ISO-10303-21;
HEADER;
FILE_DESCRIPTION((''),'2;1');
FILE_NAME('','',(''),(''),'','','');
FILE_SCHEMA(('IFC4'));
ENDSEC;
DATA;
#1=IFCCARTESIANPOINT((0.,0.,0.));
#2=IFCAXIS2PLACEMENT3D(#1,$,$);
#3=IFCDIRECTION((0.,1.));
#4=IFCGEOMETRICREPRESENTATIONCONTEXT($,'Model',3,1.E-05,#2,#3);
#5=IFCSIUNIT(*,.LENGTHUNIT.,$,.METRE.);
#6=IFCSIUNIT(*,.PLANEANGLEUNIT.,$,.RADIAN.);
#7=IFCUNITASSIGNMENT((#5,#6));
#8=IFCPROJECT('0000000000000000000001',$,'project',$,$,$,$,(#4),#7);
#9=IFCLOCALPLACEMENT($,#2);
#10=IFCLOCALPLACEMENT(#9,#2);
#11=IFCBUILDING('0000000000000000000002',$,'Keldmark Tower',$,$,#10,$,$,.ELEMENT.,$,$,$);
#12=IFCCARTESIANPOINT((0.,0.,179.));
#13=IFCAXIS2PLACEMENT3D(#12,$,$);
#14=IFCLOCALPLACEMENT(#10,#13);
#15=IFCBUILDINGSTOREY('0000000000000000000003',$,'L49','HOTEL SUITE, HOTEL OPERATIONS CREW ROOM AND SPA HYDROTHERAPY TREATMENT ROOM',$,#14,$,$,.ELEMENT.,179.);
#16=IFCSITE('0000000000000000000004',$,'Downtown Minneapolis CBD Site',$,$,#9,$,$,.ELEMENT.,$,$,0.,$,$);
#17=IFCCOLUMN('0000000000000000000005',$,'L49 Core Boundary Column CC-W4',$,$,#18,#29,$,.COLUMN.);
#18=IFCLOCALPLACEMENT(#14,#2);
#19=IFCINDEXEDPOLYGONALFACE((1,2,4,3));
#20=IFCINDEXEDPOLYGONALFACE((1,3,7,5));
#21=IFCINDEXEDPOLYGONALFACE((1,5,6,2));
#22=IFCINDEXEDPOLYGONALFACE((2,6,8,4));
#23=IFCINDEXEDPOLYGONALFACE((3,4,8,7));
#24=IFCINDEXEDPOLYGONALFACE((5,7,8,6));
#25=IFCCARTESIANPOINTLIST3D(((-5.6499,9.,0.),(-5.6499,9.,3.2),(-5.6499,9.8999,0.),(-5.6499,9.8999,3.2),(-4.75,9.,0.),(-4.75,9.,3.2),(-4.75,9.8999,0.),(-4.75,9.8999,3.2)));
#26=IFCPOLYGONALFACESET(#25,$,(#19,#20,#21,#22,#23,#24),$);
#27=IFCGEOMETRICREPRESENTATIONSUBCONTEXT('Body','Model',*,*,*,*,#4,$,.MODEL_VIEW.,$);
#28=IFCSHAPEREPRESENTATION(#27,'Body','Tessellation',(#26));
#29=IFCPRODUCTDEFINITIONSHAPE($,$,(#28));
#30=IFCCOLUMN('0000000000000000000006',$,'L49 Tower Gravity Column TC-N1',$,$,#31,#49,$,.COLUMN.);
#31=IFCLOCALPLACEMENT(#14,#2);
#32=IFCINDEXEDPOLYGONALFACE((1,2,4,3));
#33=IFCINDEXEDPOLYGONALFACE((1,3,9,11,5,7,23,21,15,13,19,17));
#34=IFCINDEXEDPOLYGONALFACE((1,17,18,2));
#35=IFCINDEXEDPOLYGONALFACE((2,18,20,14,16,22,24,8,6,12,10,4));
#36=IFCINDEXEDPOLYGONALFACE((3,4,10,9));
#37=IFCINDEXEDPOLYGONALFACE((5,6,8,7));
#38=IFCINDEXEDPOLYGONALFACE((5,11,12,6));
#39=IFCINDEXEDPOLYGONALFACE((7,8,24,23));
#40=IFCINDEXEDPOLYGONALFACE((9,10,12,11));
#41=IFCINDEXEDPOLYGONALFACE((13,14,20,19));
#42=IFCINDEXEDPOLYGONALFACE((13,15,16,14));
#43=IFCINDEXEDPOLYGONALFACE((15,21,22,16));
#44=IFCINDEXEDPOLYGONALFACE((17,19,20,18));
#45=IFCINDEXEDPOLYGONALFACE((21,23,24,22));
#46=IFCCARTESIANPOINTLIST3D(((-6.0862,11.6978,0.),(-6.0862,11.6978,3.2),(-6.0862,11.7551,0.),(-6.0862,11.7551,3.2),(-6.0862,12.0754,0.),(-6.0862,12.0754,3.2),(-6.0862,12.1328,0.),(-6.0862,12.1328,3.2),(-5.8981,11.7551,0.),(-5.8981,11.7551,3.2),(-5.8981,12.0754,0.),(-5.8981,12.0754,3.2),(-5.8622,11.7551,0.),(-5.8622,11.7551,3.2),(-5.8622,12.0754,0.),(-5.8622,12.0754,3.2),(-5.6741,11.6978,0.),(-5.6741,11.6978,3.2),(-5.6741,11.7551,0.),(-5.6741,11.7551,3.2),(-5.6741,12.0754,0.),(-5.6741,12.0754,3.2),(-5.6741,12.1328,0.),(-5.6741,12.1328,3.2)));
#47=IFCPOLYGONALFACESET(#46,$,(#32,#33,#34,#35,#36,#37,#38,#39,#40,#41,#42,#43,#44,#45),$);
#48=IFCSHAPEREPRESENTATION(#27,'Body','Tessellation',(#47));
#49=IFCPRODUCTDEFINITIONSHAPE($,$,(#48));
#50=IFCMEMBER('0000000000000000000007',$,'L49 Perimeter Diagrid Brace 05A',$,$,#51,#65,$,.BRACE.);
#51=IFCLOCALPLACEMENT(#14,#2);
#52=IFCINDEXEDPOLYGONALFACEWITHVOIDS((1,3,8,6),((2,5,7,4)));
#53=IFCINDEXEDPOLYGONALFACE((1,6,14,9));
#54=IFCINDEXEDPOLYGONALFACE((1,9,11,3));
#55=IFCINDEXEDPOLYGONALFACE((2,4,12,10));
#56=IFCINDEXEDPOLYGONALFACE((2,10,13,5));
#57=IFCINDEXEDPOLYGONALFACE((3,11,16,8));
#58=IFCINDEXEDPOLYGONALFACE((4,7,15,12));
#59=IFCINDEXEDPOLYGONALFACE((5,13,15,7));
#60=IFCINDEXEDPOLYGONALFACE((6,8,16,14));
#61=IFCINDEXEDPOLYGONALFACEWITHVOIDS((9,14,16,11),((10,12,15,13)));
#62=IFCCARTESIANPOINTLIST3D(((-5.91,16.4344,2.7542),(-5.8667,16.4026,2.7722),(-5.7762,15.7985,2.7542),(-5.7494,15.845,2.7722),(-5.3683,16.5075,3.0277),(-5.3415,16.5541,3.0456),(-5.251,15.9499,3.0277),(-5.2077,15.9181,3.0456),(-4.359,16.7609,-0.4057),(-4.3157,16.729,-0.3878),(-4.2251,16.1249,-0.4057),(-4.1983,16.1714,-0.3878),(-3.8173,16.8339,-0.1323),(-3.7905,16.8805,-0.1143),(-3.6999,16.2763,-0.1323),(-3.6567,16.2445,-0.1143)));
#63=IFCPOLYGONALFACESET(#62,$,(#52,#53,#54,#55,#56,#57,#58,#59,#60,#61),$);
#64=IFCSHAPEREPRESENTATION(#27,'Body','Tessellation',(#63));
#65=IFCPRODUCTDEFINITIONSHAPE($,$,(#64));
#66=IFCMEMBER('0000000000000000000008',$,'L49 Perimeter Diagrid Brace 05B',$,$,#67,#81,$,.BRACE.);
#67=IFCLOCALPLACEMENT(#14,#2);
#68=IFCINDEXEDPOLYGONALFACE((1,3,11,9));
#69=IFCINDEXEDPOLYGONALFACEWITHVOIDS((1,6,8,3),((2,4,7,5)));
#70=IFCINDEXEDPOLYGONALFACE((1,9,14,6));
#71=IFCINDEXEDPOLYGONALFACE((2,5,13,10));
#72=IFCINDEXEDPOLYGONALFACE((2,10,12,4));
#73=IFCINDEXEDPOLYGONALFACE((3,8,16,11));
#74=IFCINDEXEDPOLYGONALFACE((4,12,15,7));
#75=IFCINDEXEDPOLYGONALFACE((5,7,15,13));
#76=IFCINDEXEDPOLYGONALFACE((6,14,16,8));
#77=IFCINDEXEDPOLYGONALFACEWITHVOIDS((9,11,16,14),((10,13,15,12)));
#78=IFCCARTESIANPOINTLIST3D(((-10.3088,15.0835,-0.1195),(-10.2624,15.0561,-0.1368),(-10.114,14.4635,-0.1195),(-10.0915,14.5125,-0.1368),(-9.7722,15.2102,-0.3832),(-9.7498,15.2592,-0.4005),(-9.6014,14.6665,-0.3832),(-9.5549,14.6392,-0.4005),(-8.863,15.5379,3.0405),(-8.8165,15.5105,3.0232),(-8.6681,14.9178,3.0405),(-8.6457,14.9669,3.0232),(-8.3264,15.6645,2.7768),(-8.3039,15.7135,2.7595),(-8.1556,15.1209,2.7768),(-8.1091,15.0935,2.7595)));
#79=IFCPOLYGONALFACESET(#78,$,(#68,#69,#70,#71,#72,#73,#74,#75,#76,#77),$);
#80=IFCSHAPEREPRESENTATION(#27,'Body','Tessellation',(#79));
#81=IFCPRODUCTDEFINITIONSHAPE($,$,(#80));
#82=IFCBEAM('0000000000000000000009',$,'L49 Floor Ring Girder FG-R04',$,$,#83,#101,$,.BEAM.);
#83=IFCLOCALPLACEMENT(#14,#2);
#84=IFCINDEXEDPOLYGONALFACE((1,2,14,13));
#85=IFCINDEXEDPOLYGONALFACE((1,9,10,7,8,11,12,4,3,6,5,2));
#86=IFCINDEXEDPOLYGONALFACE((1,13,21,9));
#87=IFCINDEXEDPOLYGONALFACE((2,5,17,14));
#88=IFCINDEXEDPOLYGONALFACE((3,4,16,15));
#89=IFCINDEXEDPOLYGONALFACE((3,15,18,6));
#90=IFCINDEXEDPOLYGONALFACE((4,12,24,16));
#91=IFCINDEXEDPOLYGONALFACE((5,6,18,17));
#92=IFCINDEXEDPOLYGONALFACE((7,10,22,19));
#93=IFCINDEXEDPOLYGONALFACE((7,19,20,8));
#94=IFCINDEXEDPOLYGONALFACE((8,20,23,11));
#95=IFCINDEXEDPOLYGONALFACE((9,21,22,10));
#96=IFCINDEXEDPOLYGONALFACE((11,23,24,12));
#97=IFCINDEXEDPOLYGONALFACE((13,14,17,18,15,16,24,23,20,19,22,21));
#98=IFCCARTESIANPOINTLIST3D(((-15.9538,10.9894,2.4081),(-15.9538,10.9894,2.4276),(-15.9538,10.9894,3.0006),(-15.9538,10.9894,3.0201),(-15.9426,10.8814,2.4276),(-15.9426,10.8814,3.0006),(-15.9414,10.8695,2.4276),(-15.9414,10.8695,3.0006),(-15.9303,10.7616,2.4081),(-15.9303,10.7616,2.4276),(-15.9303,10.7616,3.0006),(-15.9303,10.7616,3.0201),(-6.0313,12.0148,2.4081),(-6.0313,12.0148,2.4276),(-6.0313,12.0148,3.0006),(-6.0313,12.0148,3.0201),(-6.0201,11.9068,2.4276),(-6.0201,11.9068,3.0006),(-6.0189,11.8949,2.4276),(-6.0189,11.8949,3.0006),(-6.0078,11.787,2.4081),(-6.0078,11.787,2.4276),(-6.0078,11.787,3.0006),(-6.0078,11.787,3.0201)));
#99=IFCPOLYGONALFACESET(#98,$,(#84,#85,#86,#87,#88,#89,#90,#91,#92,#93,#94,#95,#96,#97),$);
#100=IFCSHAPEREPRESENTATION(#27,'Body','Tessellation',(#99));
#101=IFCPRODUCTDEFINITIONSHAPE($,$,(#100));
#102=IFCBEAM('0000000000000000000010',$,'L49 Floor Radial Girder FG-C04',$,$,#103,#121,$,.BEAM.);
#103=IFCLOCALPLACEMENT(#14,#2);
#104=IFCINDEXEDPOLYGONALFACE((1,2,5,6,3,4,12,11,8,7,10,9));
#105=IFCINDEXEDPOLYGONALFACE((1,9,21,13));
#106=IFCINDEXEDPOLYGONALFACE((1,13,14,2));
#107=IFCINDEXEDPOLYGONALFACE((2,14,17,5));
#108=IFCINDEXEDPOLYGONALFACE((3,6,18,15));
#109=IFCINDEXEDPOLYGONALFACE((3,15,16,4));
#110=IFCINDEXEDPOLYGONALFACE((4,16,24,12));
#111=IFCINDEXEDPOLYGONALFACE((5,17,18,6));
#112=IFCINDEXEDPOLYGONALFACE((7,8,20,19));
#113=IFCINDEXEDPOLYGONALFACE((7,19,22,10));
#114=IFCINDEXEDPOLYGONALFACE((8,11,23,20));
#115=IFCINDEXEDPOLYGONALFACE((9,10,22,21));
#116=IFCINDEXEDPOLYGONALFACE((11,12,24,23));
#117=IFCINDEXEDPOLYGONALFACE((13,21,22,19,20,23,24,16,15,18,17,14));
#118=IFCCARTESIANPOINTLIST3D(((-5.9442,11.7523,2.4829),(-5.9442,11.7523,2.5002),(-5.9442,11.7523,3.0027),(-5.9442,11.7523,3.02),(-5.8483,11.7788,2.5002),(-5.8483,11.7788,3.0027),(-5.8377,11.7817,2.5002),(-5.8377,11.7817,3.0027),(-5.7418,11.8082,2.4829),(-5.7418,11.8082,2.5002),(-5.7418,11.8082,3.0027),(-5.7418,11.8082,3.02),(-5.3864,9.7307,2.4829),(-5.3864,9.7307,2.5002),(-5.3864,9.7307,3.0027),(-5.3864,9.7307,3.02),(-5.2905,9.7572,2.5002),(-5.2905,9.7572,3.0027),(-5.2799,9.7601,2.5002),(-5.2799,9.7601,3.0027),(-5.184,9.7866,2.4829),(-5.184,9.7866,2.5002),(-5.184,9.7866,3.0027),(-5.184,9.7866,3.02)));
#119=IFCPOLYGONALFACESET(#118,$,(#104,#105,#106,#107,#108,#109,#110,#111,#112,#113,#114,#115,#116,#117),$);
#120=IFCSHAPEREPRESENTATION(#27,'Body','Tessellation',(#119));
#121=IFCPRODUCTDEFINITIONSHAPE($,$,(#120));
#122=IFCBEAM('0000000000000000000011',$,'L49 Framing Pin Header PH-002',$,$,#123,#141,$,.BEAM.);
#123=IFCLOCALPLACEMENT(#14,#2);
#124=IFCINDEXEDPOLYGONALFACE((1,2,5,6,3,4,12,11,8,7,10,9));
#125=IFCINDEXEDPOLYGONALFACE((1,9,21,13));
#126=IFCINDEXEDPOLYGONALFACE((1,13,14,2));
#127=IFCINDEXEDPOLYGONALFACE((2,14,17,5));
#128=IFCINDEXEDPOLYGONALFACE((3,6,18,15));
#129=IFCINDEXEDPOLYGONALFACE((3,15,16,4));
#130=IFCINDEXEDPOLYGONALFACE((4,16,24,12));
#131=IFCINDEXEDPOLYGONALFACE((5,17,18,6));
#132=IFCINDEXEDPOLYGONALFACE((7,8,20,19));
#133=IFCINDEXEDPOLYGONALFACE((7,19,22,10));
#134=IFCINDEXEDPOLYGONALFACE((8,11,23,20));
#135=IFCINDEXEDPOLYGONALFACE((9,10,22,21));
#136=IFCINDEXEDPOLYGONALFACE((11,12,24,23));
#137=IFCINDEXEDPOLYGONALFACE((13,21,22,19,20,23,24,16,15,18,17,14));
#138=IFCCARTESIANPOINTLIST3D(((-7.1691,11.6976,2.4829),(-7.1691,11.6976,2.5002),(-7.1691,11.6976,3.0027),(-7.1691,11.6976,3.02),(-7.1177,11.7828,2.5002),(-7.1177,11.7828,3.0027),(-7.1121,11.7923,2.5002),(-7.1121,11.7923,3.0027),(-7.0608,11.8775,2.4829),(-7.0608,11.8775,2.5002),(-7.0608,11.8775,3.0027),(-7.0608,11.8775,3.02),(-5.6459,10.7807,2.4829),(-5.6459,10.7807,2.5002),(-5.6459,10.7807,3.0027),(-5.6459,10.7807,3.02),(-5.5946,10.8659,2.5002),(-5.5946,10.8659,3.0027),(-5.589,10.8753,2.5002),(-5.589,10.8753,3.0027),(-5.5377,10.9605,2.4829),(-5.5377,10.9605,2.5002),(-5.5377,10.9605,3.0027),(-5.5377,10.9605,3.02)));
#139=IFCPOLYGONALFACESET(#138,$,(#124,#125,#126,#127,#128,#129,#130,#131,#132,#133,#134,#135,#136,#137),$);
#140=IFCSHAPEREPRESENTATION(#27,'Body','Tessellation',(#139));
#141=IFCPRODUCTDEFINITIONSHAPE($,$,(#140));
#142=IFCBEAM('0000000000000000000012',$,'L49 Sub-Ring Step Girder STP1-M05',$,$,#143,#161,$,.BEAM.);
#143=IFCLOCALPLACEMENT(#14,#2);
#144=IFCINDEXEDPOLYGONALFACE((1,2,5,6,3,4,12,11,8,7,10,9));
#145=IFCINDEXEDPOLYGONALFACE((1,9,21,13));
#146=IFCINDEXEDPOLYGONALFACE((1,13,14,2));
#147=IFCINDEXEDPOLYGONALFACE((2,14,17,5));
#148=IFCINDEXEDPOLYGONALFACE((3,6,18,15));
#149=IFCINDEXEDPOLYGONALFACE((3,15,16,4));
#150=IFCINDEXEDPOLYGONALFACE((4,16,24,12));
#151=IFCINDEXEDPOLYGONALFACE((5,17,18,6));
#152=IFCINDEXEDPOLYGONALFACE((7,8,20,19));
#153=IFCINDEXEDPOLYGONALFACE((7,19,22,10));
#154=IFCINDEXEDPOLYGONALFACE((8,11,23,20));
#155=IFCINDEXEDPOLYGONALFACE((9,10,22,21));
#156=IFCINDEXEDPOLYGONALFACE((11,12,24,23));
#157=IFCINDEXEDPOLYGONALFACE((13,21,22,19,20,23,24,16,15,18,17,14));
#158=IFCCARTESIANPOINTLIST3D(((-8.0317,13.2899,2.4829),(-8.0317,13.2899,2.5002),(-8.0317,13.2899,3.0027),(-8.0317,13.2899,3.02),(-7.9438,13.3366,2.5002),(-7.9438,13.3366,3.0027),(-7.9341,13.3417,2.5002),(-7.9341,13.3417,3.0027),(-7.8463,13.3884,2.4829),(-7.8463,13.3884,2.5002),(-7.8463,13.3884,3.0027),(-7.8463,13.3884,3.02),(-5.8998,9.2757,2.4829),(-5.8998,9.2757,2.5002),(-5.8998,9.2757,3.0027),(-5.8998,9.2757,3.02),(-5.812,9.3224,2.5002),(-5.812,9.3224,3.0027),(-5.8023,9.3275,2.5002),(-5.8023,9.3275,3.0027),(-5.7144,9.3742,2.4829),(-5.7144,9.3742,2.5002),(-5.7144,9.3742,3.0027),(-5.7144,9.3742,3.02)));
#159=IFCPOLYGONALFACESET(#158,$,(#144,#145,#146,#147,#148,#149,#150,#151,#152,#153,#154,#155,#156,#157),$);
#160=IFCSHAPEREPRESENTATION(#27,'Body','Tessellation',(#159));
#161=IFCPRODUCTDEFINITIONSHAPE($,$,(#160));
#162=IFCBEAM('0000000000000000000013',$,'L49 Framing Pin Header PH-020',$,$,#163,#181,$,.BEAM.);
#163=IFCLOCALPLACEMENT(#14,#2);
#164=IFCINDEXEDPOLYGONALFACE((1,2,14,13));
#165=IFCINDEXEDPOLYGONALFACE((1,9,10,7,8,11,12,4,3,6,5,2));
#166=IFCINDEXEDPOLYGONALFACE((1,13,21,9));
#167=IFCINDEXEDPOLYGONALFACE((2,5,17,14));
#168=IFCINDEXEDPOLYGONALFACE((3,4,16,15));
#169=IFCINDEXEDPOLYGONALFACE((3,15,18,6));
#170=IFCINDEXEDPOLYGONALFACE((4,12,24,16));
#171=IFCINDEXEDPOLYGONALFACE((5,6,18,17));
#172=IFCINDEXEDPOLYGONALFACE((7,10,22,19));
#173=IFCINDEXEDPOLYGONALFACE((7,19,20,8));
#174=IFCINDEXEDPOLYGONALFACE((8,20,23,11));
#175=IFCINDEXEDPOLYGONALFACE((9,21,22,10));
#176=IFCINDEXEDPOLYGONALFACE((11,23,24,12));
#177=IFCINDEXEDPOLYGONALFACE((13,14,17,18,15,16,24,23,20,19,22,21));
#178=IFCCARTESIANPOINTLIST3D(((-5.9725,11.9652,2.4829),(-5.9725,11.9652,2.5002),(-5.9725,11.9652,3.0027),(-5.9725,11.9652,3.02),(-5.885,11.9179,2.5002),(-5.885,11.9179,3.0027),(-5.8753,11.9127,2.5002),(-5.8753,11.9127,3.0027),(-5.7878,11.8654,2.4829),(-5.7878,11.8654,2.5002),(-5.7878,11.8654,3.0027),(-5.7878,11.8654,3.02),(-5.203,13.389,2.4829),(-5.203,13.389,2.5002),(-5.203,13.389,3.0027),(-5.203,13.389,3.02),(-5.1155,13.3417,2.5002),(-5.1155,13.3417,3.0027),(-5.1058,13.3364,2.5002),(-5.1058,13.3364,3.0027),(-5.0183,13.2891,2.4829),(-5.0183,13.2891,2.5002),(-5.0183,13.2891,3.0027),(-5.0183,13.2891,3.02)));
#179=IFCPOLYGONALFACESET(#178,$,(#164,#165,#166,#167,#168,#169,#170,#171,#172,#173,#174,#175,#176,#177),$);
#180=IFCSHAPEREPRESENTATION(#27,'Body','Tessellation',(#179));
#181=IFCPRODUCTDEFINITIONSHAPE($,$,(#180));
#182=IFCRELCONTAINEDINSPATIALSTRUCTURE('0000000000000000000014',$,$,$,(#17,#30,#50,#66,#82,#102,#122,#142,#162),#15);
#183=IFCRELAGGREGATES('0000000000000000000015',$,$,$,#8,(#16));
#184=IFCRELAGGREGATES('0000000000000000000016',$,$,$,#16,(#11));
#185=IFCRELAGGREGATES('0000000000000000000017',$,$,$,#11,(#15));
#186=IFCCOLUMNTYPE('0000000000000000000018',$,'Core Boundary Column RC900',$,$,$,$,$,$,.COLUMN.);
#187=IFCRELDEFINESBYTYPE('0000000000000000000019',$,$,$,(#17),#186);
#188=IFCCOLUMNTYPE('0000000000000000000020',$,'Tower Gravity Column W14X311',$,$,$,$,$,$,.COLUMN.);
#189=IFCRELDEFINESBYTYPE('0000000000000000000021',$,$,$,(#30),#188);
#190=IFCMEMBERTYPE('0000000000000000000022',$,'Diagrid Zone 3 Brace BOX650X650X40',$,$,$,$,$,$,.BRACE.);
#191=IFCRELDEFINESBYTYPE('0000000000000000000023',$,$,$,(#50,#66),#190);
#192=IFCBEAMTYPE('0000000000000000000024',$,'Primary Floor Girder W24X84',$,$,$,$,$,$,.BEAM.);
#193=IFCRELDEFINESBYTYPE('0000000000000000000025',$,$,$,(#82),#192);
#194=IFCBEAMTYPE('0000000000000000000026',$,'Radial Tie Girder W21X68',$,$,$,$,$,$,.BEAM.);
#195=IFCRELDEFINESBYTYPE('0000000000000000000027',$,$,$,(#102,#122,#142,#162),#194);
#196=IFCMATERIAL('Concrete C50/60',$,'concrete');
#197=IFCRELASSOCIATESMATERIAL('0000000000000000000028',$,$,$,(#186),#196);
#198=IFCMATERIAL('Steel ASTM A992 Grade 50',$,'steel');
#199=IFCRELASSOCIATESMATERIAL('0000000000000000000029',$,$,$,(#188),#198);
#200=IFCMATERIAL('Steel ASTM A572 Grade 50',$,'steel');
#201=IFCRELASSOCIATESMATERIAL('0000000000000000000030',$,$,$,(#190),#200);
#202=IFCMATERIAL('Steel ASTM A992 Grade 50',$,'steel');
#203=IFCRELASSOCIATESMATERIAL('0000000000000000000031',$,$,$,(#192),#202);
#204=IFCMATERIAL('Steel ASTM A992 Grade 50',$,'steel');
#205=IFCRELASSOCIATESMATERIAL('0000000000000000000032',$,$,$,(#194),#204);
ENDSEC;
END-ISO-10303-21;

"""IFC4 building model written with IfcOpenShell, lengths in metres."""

from ifc_helpers import new_model, si_unit, direction, frame, origin, origin_2d, place, context, subcontext, project, spatial, rectangle, hollow_rectangle, i_section, extrude, material, material_profile, profile_set, type_object, element, save


model = new_model("IFC4")

# Units and contexts
model_context = context("Model", 3, precision=1e-05, world=origin(), true_north=direction((0.0, 1.0)))
body_context = subcontext(model_context, "Body", "Model", "MODEL_VIEW")
ifc_project = project(units=[si_unit("LENGTHUNIT", "METRE"), si_unit("PLANEANGLEUNIT", "RADIAN")], contexts=[model_context])

# Site, building, storey
site_placement = place(None, origin())
site = spatial("IfcSite", under=ifc_project, at=site_placement, Name="Downtown Minneapolis CBD Site", CompositionType="ELEMENT", RefElevation=0.0)
building_placement = place(site_placement, origin())
building = spatial("IfcBuilding", under=site, at=building_placement, Name="Keldmark Tower", CompositionType="ELEMENT")
storey_placement = place(building_placement, frame((0.0, 0.0, 179.0)))
storey = spatial("IfcBuildingStorey", under=building, at=storey_placement, Name="L49", Description="HOTEL SUITE, HOTEL OPERATIONS CREW ROOM AND SPA HYDROTHERAPY TREATMENT ROOM", CompositionType="ELEMENT", Elevation=179.0)

# Columns
ifc_material_1 = material(Name="Concrete C50/60", Category="concrete")
ifc_material_profile_1 = material_profile(ifc_material_1, rectangle(XDim=0.8999, YDim=0.8999, at=origin_2d()), Name="RC900X900")
ifc_profile_set_1 = profile_set([ifc_material_profile_1], Name="Concrete C50/60")
column_type_1 = type_object("IfcColumnType", Name="Core Boundary Column RC900", PredefinedType="COLUMN", material=ifc_profile_set_1)
column_1_placement = place(storey_placement, frame((-5.2, 9.45, 0.0), z_axis=(0.0, 0.0, 1.0), x_axis=(1.0, 0.0, 0.0)))
element("IfcColumn", 1, at=column_1_placement, inside=storey, type_object=column_type_1, Name="L49 Core Boundary Column CC-W4", PredefinedType="COLUMN", context=body_context, shape_type="SweptSolid", body=[
    extrude(rectangle(XDim=0.8999, YDim=0.8999, at=origin_2d()), origin(), (0.0, 0.0, 1.0), 3.2),
])
ifc_material_2 = material(Name="Steel ASTM A992 Grade 50", Category="steel")
ifc_material_profile_2 = material_profile(ifc_material_2, i_section(OverallWidth=0.4121, OverallDepth=0.4351, WebThickness=0.0359, FlangeThickness=0.0574, at=origin_2d()), Name="W14X311")
ifc_profile_set_2 = profile_set([ifc_material_profile_2], Name="Steel ASTM A992 Grade 50")
column_type_2 = type_object("IfcColumnType", Name="Tower Gravity Column W14X311", PredefinedType="COLUMN", material=ifc_profile_set_2)
column_2_placement = place(storey_placement, frame((-5.8801, 11.9153, 0.0), z_axis=(0.0, 0.0, 1.0), x_axis=(1.0, 0.0, 0.0)))
element("IfcColumn", 2, at=column_2_placement, inside=storey, type_object=column_type_2, Name="L49 Tower Gravity Column TC-N1", PredefinedType="COLUMN", context=body_context, shape_type="SweptSolid", body=[
    extrude(i_section(OverallWidth=0.4121, OverallDepth=0.4351, WebThickness=0.0359, FlangeThickness=0.0574, at=origin_2d()), origin(), (0.0, 0.0, 1.0), 3.2),
])

# Members
ifc_material_3 = material(Name="Steel ASTM A572 Grade 50", Category="steel")
ifc_material_profile_3 = material_profile(ifc_material_3, hollow_rectangle(XDim=0.6499, YDim=0.6499, WallThickness=0.04, at=origin_2d()), Name="BOX650X650X40")
ifc_profile_set_3 = profile_set([ifc_material_profile_3], Name="Steel ASTM A572 Grade 50")
member_type = type_object("IfcMemberType", Name="Diagrid Zone 3 Brace BOX650X650X40", PredefinedType="BRACE", material=ifc_profile_set_3)
member_1_placement = place(storey_placement, frame((-4.0078, 16.5027, -0.26), z_axis=(-0.438744, -0.092334, 0.893856), x_axis=(0.205941, -0.978564, 0.0)))
element("IfcMember", 3, at=member_1_placement, inside=storey, type_object=member_type, Name="L49 Perimeter Diagrid Brace 05A", PredefinedType="BRACE", context=body_context, shape_type="SweptSolid", body=[
    extrude(hollow_rectangle(XDim=0.6499, YDim=0.6499, WallThickness=0.04, at=origin_2d()), origin(), (0.0, 0.0, 1.0), 3.5352),
])
member_2_placement = place(storey_placement, frame((-9.9319, 14.8613, -0.26), z_axis=(0.412551, 0.129645, 0.901662), x_axis=(-0.299797, 0.954003, 0.0)))
element("IfcMember", 4, at=member_2_placement, inside=storey, type_object=member_type, Name="L49 Perimeter Diagrid Brace 05B", PredefinedType="BRACE", context=body_context, shape_type="SweptSolid", body=[
    extrude(hollow_rectangle(XDim=0.6499, YDim=0.6499, WallThickness=0.04, at=origin_2d()), origin(), (0.0, 0.0, 1.0), 3.5046),
])

# Beams
ifc_material_4 = material(Name="Steel ASTM A992 Grade 50", Category="steel")
ifc_material_profile_4 = material_profile(ifc_material_4, i_section(OverallWidth=0.229, OverallDepth=0.6121, WebThickness=0.012, FlangeThickness=0.0195, at=origin_2d()), Name="W24X84")
ifc_profile_set_4 = profile_set([ifc_material_profile_4], Name="Steel ASTM A992 Grade 50")
beam_type_1 = type_object("IfcBeamType", Name="Primary Floor Girder W24X84", PredefinedType="BEAM", material=ifc_profile_set_4)
beam_1_placement = place(storey_placement, frame((-6.0195, 11.9009, 2.7141), z_axis=(-0.994703, -0.102791, 0.0), x_axis=(0.102791, -0.994703, 0.0)))
element("IfcBeam", 5, at=beam_1_placement, inside=storey, type_object=beam_type_1, Name="L49 Floor Ring Girder FG-R04", PredefinedType="BEAM", context=body_context, shape_type="SweptSolid", body=[
    extrude(i_section(OverallWidth=0.229, OverallDepth=0.6121, WebThickness=0.012, FlangeThickness=0.0195, at=origin_2d()), origin(), (0.0, 0.0, 1.0), 9.9753),
])
ifc_material_5 = material(Name="Steel ASTM A992 Grade 50", Category="steel")
ifc_material_profile_5 = material_profile(ifc_material_5, i_section(OverallWidth=0.21, OverallDepth=0.5371, WebThickness=0.011, FlangeThickness=0.0173, at=origin_2d()), Name="W21X68")
ifc_profile_set_5 = profile_set([ifc_material_profile_5], Name="Steel ASTM A992 Grade 50")
beam_type_2 = type_object("IfcBeamType", Name="Radial Tie Girder W21X68", PredefinedType="BEAM", material=ifc_profile_set_5)
beam_2_placement = place(storey_placement, frame((-5.843, 11.7803, 2.7515), z_axis=(0.265992, -0.963975, 0.0), x_axis=(0.963975, 0.265992, 0.0)))
element("IfcBeam", 6, at=beam_2_placement, inside=storey, type_object=beam_type_2, Name="L49 Floor Radial Girder FG-C04", PredefinedType="BEAM", context=body_context, shape_type="SweptSolid", body=[
    extrude(i_section(OverallWidth=0.21, OverallDepth=0.5371, WebThickness=0.011, FlangeThickness=0.0173, at=origin_2d()), origin(), (0.0, 0.0, 1.0), 2.0972),
])
beam_3_placement = place(storey_placement, frame((-5.5918, 10.8706, 2.7515), z_axis=(-0.856729, 0.515767, 0.0), x_axis=(-0.515767, -0.856729, 0.0)))
element("IfcBeam", 7, at=beam_3_placement, inside=storey, type_object=beam_type_2, Name="L49 Framing Pin Header PH-002", PredefinedType="BEAM", context=body_context, shape_type="SweptSolid", body=[
    extrude(i_section(OverallWidth=0.21, OverallDepth=0.5371, WebThickness=0.011, FlangeThickness=0.0173, at=origin_2d()), origin(), (0.0, 0.0, 1.0), 1.7778),
])
beam_4_placement = place(storey_placement, frame((-5.8071, 9.325, 2.7515), z_axis=(-0.469037, 0.883178, 0.0), x_axis=(-0.883178, -0.469037, 0.0)))
element("IfcBeam", 8, at=beam_4_placement, inside=storey, type_object=beam_type_2, Name="L49 Sub-Ring Step Girder STP1-M05", PredefinedType="BEAM", context=body_context, shape_type="SweptSolid", body=[
    extrude(i_section(OverallWidth=0.21, OverallDepth=0.5371, WebThickness=0.011, FlangeThickness=0.0173, at=origin_2d()), origin(), (0.0, 0.0, 1.0), 4.5452),
])
beam_5_placement = place(storey_placement, frame((-5.8801, 11.9153, 2.7515), z_axis=(0.475467, 0.879734, 0.0), x_axis=(-0.879734, 0.475467, 0.0)))
element("IfcBeam", 9, at=beam_5_placement, inside=storey, type_object=beam_type_2, Name="L49 Framing Pin Header PH-020", PredefinedType="BEAM", context=body_context, shape_type="SweptSolid", body=[
    extrude(i_section(OverallWidth=0.21, OverallDepth=0.5371, WebThickness=0.011, FlangeThickness=0.0173, at=origin_2d()), origin(), (0.0, 0.0, 1.0), 1.6184),
])

save(model, "model.ifc")
